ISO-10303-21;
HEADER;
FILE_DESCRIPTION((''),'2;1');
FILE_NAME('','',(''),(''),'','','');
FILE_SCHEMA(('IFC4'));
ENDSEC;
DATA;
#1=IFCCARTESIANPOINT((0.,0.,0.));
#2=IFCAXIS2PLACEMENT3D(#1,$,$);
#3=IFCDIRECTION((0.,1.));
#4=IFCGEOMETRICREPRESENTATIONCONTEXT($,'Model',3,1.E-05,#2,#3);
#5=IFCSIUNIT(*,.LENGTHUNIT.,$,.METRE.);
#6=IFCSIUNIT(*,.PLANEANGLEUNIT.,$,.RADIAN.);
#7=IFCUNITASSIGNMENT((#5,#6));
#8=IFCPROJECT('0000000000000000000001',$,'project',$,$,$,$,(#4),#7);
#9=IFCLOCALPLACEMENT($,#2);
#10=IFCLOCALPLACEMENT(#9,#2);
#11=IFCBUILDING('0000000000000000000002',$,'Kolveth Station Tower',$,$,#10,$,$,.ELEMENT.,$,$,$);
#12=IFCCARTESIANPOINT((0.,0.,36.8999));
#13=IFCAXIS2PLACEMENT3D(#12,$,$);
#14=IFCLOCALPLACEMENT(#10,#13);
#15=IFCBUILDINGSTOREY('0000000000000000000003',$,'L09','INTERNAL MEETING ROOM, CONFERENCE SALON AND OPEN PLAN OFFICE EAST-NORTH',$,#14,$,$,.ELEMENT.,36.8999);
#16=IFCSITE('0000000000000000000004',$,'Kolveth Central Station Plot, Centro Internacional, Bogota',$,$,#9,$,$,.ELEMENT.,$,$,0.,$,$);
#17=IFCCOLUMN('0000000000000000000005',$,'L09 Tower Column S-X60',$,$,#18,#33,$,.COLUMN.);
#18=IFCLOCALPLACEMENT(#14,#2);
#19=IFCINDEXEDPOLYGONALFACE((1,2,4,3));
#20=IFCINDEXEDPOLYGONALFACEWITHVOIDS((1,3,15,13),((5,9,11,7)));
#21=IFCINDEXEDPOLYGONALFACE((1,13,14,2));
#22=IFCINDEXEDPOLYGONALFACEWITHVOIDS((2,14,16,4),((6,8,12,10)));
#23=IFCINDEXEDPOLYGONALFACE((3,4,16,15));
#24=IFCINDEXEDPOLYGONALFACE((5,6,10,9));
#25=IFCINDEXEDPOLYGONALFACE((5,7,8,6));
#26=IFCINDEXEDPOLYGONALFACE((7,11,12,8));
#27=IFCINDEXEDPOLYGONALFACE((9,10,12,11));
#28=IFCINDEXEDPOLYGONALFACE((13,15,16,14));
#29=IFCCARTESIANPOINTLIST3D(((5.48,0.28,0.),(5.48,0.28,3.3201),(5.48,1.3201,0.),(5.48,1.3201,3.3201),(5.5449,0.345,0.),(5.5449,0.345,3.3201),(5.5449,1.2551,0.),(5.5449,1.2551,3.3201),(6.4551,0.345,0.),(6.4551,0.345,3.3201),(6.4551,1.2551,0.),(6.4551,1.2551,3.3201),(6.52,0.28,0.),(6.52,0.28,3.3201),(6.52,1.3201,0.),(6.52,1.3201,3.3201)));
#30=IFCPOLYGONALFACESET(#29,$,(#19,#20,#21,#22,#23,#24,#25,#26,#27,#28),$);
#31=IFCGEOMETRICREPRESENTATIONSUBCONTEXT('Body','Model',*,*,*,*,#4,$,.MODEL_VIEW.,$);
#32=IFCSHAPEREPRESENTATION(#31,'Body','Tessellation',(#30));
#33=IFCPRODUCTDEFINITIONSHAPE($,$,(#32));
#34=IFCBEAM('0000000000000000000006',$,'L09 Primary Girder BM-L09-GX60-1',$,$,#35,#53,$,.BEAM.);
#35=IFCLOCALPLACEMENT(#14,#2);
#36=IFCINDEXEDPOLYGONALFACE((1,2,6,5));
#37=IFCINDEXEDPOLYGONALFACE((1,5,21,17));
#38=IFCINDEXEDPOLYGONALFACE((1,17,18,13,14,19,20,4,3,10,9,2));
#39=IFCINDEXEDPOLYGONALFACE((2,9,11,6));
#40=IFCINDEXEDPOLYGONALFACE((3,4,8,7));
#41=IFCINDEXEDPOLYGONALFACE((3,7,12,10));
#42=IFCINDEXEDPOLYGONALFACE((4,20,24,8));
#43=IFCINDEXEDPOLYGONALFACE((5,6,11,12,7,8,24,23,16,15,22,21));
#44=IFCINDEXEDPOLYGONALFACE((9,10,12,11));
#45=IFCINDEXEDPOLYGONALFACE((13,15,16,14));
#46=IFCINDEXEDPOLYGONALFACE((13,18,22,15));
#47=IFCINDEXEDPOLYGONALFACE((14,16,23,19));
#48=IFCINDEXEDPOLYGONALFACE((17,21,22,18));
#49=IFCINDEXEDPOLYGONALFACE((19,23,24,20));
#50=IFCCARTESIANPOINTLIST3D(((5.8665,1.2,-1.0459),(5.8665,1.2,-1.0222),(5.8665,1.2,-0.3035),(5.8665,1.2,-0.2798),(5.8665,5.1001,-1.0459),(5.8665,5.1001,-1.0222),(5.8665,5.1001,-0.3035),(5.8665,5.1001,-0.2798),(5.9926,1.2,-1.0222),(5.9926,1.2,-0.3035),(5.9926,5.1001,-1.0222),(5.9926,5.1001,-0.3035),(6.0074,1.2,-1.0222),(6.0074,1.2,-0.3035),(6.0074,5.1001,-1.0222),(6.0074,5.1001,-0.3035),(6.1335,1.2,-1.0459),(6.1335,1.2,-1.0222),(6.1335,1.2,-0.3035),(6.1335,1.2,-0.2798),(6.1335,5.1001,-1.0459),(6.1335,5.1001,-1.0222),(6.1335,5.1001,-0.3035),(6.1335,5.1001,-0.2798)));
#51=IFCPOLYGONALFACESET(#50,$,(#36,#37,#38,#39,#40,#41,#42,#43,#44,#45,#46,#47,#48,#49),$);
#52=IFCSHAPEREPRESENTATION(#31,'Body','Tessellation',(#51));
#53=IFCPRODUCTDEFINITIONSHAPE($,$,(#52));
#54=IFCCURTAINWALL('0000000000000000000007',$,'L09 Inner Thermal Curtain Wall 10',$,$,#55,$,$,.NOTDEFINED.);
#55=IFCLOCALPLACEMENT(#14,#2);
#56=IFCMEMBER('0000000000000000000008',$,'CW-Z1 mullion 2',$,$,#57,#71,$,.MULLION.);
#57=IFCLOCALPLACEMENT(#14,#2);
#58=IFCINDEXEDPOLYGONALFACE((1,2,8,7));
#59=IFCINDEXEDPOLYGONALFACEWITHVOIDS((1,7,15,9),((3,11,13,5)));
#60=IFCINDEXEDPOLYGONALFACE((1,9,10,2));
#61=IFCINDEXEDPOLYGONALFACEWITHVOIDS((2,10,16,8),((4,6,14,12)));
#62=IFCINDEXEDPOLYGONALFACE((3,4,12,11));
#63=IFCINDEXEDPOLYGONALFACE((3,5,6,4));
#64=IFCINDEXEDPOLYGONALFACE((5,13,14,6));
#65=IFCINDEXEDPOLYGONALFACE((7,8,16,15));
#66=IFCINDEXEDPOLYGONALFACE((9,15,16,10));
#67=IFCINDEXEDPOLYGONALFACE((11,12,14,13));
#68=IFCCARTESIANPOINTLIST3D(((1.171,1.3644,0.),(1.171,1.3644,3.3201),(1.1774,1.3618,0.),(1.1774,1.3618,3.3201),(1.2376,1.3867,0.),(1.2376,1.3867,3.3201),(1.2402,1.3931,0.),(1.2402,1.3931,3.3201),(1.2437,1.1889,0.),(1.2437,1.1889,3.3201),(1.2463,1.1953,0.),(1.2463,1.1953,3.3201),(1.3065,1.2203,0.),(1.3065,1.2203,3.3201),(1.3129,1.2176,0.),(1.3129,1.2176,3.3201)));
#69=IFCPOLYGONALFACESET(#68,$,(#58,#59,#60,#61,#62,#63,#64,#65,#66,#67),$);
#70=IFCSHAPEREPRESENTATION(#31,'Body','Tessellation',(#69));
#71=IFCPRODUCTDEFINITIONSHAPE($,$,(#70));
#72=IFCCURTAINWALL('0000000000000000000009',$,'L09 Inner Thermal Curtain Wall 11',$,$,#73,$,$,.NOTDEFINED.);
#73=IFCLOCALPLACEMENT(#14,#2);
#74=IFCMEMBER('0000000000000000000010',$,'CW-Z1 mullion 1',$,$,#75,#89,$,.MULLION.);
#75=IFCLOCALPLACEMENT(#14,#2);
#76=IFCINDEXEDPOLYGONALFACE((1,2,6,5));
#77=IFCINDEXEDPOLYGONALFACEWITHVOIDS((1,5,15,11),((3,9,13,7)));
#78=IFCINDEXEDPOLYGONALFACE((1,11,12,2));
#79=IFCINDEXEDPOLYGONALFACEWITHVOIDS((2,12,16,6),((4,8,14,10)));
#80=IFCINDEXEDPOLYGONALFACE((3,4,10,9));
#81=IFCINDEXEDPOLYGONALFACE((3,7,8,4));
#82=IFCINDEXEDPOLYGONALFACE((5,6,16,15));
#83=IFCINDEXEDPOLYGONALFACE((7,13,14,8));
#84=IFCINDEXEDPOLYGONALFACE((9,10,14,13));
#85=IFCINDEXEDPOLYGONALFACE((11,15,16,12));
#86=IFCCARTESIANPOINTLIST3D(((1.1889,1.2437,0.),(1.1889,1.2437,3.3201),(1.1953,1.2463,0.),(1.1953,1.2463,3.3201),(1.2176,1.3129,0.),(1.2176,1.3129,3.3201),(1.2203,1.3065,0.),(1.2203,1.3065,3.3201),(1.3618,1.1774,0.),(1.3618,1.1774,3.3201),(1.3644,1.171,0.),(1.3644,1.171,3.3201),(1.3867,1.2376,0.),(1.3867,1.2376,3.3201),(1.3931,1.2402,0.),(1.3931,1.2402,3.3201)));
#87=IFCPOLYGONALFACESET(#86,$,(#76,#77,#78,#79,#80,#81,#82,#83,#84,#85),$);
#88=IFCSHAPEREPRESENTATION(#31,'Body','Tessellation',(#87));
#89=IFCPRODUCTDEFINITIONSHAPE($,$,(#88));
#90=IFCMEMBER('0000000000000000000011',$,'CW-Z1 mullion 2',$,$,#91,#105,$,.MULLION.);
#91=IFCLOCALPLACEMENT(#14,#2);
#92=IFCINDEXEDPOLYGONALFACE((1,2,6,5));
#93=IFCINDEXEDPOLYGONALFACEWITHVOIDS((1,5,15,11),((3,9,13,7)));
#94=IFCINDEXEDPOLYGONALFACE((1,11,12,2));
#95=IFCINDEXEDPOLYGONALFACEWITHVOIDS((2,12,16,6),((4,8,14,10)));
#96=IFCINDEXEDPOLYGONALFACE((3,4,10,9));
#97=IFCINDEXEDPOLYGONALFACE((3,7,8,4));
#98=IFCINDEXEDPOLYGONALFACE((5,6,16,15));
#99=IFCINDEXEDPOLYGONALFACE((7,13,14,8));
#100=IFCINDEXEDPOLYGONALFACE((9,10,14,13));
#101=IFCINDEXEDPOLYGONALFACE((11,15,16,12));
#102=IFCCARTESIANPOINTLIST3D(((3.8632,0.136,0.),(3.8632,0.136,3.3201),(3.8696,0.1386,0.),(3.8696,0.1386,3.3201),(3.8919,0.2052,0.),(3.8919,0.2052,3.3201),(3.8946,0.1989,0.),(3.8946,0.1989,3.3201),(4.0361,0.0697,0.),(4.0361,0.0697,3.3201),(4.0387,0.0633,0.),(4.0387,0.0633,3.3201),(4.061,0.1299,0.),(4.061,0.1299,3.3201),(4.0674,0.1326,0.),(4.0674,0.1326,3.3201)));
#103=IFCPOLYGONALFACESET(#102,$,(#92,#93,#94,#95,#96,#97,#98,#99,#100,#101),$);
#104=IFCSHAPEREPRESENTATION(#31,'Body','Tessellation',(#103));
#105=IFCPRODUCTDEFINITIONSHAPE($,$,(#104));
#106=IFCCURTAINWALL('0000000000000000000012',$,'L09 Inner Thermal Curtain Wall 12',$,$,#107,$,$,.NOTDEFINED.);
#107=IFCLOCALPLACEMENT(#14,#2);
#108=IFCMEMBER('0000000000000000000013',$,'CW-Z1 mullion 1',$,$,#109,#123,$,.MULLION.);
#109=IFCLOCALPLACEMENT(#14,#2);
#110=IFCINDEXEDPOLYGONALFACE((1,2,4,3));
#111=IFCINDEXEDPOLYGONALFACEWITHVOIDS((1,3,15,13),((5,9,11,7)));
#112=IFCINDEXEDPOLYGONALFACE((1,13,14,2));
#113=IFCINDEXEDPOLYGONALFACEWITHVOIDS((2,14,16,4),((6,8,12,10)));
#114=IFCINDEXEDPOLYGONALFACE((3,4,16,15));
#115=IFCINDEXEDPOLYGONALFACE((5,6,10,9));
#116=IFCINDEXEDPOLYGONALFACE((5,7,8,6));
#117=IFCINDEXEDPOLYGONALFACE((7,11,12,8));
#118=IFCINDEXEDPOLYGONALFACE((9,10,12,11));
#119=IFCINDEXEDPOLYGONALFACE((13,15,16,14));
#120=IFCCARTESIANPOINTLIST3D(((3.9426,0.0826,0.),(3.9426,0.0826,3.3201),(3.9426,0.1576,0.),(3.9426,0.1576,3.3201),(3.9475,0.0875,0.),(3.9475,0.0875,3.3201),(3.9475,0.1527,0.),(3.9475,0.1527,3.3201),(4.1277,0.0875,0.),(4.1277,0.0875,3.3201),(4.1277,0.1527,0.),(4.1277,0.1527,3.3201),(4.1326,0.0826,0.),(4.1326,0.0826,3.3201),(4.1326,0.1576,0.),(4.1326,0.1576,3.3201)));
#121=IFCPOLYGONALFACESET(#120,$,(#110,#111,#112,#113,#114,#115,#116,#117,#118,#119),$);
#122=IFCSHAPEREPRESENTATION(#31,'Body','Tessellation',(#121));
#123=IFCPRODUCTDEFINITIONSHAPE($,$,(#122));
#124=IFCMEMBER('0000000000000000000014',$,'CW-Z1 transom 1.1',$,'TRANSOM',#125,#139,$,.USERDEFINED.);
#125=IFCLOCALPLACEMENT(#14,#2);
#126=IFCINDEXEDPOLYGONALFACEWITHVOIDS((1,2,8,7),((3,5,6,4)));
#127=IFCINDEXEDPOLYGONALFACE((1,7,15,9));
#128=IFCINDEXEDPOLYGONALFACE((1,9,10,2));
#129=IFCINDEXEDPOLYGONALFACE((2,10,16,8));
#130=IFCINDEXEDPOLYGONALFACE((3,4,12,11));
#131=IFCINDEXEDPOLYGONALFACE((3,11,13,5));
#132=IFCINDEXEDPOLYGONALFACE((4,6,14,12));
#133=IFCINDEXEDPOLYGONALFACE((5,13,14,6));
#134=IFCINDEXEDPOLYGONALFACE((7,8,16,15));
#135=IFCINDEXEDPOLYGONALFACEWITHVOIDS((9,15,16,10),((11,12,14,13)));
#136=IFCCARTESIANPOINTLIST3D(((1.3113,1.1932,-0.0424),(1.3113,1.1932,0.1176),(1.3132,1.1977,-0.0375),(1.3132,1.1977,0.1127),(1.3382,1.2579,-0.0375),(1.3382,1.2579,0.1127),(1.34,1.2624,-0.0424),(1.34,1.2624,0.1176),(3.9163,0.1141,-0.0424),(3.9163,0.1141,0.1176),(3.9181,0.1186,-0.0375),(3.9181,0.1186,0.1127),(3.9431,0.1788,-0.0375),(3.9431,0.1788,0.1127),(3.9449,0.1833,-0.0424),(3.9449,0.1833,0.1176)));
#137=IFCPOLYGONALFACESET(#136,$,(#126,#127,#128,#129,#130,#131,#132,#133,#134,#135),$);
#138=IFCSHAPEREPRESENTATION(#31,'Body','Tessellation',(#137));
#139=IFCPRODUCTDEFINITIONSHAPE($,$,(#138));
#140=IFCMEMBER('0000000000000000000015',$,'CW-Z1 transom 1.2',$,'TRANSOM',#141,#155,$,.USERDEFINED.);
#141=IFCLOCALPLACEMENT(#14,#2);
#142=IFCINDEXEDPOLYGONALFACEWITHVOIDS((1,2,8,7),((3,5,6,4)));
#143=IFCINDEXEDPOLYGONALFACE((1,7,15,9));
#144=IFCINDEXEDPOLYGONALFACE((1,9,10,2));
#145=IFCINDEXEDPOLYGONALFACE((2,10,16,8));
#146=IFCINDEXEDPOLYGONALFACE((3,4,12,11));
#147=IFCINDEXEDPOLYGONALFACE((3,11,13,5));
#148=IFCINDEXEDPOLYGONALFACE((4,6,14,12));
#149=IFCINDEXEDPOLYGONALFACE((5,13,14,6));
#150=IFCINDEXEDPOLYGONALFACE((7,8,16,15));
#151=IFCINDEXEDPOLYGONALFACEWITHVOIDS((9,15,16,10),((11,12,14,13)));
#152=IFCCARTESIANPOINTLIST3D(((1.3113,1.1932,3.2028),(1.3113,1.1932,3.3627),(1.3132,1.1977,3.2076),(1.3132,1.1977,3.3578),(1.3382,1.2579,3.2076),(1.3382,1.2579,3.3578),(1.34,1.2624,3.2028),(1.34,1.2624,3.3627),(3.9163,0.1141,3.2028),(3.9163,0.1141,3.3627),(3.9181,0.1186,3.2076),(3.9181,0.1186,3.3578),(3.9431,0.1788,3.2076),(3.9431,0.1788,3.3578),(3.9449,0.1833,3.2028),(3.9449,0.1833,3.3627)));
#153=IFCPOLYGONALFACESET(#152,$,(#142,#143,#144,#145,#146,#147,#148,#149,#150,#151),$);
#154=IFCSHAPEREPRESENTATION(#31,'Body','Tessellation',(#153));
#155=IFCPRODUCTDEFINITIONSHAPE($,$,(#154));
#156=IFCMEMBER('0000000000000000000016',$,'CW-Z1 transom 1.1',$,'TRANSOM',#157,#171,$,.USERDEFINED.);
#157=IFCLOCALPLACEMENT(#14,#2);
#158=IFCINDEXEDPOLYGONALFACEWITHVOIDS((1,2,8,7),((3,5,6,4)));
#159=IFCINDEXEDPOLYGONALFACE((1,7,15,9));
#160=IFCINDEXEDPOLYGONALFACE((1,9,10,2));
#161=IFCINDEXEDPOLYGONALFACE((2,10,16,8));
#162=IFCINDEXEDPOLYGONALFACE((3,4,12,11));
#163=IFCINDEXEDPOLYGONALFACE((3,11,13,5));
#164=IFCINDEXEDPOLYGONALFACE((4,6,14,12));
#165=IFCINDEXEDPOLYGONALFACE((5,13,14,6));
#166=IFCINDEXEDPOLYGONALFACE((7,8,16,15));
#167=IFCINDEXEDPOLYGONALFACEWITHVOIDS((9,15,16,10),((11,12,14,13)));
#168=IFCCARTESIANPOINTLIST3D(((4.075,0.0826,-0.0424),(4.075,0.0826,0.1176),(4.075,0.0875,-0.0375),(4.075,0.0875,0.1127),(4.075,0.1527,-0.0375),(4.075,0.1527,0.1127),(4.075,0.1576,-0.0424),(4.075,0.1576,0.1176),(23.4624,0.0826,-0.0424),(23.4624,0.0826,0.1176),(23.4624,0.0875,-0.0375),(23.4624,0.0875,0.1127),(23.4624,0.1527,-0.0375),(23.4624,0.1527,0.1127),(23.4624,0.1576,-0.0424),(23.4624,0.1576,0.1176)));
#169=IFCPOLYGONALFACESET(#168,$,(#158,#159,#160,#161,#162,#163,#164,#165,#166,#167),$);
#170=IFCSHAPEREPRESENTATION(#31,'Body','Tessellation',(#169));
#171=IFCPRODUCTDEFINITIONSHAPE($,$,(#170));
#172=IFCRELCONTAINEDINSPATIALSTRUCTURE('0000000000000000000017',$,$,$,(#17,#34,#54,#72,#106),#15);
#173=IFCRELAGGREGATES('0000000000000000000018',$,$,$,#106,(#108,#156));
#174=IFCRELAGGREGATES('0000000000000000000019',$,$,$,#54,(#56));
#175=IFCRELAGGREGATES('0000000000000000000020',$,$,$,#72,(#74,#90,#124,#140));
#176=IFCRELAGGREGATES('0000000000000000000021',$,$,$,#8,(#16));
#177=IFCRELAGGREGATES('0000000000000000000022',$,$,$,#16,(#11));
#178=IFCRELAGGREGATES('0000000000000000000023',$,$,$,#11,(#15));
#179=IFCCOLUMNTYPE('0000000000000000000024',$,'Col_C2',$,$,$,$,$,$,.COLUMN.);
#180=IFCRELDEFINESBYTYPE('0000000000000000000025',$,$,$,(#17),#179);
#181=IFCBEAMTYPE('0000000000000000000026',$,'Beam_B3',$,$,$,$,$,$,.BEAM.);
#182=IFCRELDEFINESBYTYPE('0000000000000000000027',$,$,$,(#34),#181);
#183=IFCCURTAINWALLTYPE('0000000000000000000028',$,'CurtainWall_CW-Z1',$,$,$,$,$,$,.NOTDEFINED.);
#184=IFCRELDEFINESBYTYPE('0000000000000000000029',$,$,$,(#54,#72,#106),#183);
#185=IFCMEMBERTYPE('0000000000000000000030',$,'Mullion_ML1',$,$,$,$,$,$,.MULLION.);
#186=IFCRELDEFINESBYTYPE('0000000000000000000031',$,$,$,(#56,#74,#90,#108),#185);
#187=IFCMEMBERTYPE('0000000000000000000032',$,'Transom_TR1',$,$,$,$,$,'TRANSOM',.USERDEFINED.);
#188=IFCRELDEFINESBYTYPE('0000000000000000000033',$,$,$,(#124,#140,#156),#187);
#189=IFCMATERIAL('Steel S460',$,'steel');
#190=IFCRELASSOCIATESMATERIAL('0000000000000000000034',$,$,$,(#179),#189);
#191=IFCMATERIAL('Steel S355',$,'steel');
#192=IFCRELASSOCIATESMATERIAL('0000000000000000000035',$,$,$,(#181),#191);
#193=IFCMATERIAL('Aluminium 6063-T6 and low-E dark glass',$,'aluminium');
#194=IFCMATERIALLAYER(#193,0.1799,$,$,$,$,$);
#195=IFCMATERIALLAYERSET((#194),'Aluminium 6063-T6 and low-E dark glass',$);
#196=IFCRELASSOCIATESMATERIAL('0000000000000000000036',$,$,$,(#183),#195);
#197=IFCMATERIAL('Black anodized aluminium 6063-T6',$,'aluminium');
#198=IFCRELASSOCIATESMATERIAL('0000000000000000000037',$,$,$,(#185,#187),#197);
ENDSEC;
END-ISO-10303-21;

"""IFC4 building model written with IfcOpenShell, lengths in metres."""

from ifc_helpers import new_model, si_unit, direction, frame, origin, origin_2d, place, context, subcontext, project, spatial, hollow_rectangle, i_section, extrude, source, transform, mapped, material, layer, layer_set, material_profile, profile_set, type_object, element, aggregate, save


model = new_model("IFC4")

# Units and contexts
model_context = context("Model", 3, precision=1e-05, world=origin(), true_north=direction((0.0, 1.0)))
body_context = subcontext(model_context, "Body", "Model", "MODEL_VIEW")
ifc_project = project(units=[si_unit("LENGTHUNIT", "METRE"), si_unit("PLANEANGLEUNIT", "RADIAN")], contexts=[model_context])

# Site, building, storey
site_placement = place(None, origin())
site = spatial("IfcSite", under=ifc_project, at=site_placement, Name="Kolveth Central Station Plot, Centro Internacional, Bogota", CompositionType="ELEMENT", RefElevation=0.0)
building_placement = place(site_placement, origin())
building = spatial("IfcBuilding", under=site, at=building_placement, Name="Kolveth Station Tower", CompositionType="ELEMENT")
storey_placement = place(building_placement, frame((0.0, 0.0, 36.8999)))
storey = spatial("IfcBuildingStorey", under=building, at=storey_placement, Name="L09", Description="INTERNAL MEETING ROOM, CONFERENCE SALON AND OPEN PLAN OFFICE EAST-NORTH", CompositionType="ELEMENT", Elevation=36.8999)

# Column
ifc_material_1 = material(Name="Steel S460", Category="steel")
ifc_material_profile_1 = material_profile(ifc_material_1, hollow_rectangle(XDim=1.04, YDim=1.04, WallThickness=0.0649, at=origin_2d()), Name="BOX1040x1040x65")
ifc_profile_set_1 = profile_set([ifc_material_profile_1], Name="Steel S460")
column_type = type_object("IfcColumnType", Name="Col_C2", PredefinedType="COLUMN", material=ifc_profile_set_1)
shared_shape_1 = source(origin(), body_context, "Body", "SweptSolid", [
    extrude(hollow_rectangle(XDim=1.04, YDim=1.04, WallThickness=0.0649, at=origin_2d()), origin(), (0.0, 0.0, 1.0), 3.3201),
])
column_placement = place(storey_placement, frame((6.0, 0.8, 0.0), z_axis=(0.0, 0.0, 1.0), x_axis=(1.0, 0.0, 0.0)))
element("IfcColumn", 1, at=column_placement, inside=storey, type_object=column_type, Name="L09 Tower Column S-X60", PredefinedType="COLUMN", context=body_context, shape_type="MappedRepresentation", body=[
    mapped(shared_shape_1, transform((0.0, 0.0, 0.0), x_axis=(1.0, 0.0, 0.0), y_axis=(0.0, 1.0, 0.0), z_axis=(0.0, 0.0, 1.0), scale=1.0)),
])

# Beam
ifc_material_2 = material(Name="Steel S355", Category="steel")
ifc_material_profile_2 = material_profile(ifc_material_2, i_section(OverallWidth=0.2671, OverallDepth=0.7661, WebThickness=0.0149, FlangeThickness=0.0237, at=origin_2d()), Name="W760x185")
ifc_profile_set_2 = profile_set([ifc_material_profile_2], Name="Steel S355")
beam_type = type_object("IfcBeamType", Name="Beam_B3", PredefinedType="BEAM", material=ifc_profile_set_2)
shared_shape_2 = source(origin(), body_context, "Body", "SweptSolid", [
    extrude(i_section(OverallWidth=0.2671, OverallDepth=0.7661, WebThickness=0.0149, FlangeThickness=0.0237, at=origin_2d()), origin(), (0.0, 0.0, 1.0), 3.9001),
])
beam_placement = place(storey_placement, frame((6.0, 1.2, -0.6628), z_axis=(0.0, 1.0, 0.0), x_axis=(-1.0, 0.0, 0.0)))
element("IfcBeam", 2, at=beam_placement, inside=storey, type_object=beam_type, Name="L09 Primary Girder BM-L09-GX60-1", PredefinedType="BEAM", context=body_context, shape_type="MappedRepresentation", body=[
    mapped(shared_shape_2, transform((0.0, 0.0, 0.0), x_axis=(1.0, 0.0, 0.0), y_axis=(0.0, 1.0, 0.0), z_axis=(0.0, 0.0, 1.0), scale=1.0)),
])

# Curtain wall, member
ifc_material_3 = material(Name="Aluminium 6063-T6 and low-E dark glass", Category="aluminium")
ifc_layer_1 = layer(ifc_material_3, 0.1799)
ifc_layer_set_1 = layer_set([ifc_layer_1], Name="Aluminium 6063-T6 and low-E dark glass")
curtain_wall_type_1 = type_object("IfcCurtainWallType", Name="CurtainWall_CW-Z1", PredefinedType="NOTDEFINED", material=ifc_layer_set_1)
curtain_wall_1_placement = place(storey_placement, origin())
curtain_wall_1 = element("IfcCurtainWall", 3, at=curtain_wall_1_placement, inside=storey, type_object=curtain_wall_type_1, Name="L09 Inner Thermal Curtain Wall 10", PredefinedType="NOTDEFINED")
ifc_material_4 = material(Name="Black anodized aluminium 6063-T6", Category="aluminium")
ifc_material_profile_3 = material_profile(ifc_material_4, hollow_rectangle(XDim=0.075, YDim=0.1899, WallThickness=0.0049, at=origin_2d()), Name="ALU-75x190x5")
ifc_profile_set_3 = profile_set([ifc_material_profile_3], Name="Black anodized aluminium 6063-T6")
member_type_1 = type_object("IfcMemberType", Name="Mullion_ML1", PredefinedType="MULLION", material=ifc_profile_set_3)
shared_shape_3 = source(origin(), body_context, "Body", "SweptSolid", [
    extrude(hollow_rectangle(XDim=0.075, YDim=0.1899, WallThickness=0.0049, at=origin_2d()), origin(), (0.0, 0.0, 1.0), 3.3201),
])
member_1_placement = place(storey_placement, frame((1.2419, 1.291, 0.0), z_axis=(0.0, 0.0, 1.0), x_axis=(0.923884, 0.382673, 0.0)))
member_1 = element("IfcMember", 4, at=member_1_placement, type_object=member_type_1, Name="CW-Z1 mullion 2", PredefinedType="MULLION", context=body_context, shape_type="MappedRepresentation", body=[
    mapped(shared_shape_3, transform((0.0, 0.0, 0.0), x_axis=(1.0, 0.0, 0.0), y_axis=(0.0, 1.0, 0.0), z_axis=(0.0, 0.0, 1.0), scale=1.0)),
])

# Curtain wall, members
curtain_wall_2_placement = place(storey_placement, origin())
curtain_wall_2 = element("IfcCurtainWall", 5, at=curtain_wall_2_placement, inside=storey, type_object=curtain_wall_type_1, Name="L09 Inner Thermal Curtain Wall 11", PredefinedType="NOTDEFINED")
member_2_placement = place(storey_placement, frame((1.291, 1.2419, 0.0), z_axis=(0.0, 0.0, 1.0), x_axis=(0.382673, 0.923884, 0.0)))
member_2 = element("IfcMember", 6, at=member_2_placement, type_object=member_type_1, Name="CW-Z1 mullion 1", PredefinedType="MULLION", context=body_context, shape_type="MappedRepresentation", body=[
    mapped(shared_shape_3, transform((0.0, 0.0, 0.0), x_axis=(1.0, 0.0, 0.0), y_axis=(0.0, 1.0, 0.0), z_axis=(0.0, 0.0, 1.0), scale=1.0)),
])
member_3_placement = place(storey_placement, frame((3.9653, 0.1343, 0.0), z_axis=(0.0, 0.0, 1.0), x_axis=(0.382673, 0.923884, 0.0)))
member_3 = element("IfcMember", 7, at=member_3_placement, type_object=member_type_1, Name="CW-Z1 mullion 2", PredefinedType="MULLION", context=body_context, shape_type="MappedRepresentation", body=[
    mapped(shared_shape_3, transform((0.0, 0.0, 0.0), x_axis=(1.0, 0.0, 0.0), y_axis=(0.0, 1.0, 0.0), z_axis=(0.0, 0.0, 1.0), scale=1.0)),
])

# Curtain wall, member
curtain_wall_3_placement = place(storey_placement, origin())
curtain_wall_3 = element("IfcCurtainWall", 8, at=curtain_wall_3_placement, inside=storey, type_object=curtain_wall_type_1, Name="L09 Inner Thermal Curtain Wall 12", PredefinedType="NOTDEFINED")
member_4_placement = place(storey_placement, frame((4.0376, 0.1201, 0.0), z_axis=(0.0, 0.0, 1.0), x_axis=(0.0, 1.0, 0.0)))
member_4 = element("IfcMember", 9, at=member_4_placement, type_object=member_type_1, Name="CW-Z1 mullion 1", PredefinedType="MULLION", context=body_context, shape_type="MappedRepresentation", body=[
    mapped(shared_shape_3, transform((0.0, 0.0, 0.0), x_axis=(1.0, 0.0, 0.0), y_axis=(0.0, 1.0, 0.0), z_axis=(0.0, 0.0, 1.0), scale=1.0)),
])

# Members
ifc_material_profile_4 = material_profile(ifc_material_4, hollow_rectangle(XDim=0.075, YDim=0.1599, WallThickness=0.0049, at=origin_2d()), Name="ALU-75x160x5")
ifc_profile_set_4 = profile_set([ifc_material_profile_4], Name="Black anodized aluminium 6063-T6")
member_type_2 = type_object("IfcMemberType", Name="Transom_TR1", ElementType="TRANSOM", PredefinedType="USERDEFINED", material=ifc_profile_set_4)
shared_shape_4 = source(origin(), body_context, "Body", "SweptSolid", [
    extrude(hollow_rectangle(XDim=0.075, YDim=0.1599, WallThickness=0.0049, at=origin_2d()), origin(), (0.0, 0.0, 1.0), 2.8196),
])
member_5_placement = place(storey_placement, frame((1.3257, 1.2278, 0.0376), z_axis=(0.923869, -0.382709, 0.0), x_axis=(0.382709, 0.923869, 0.0)))
member_5 = element("IfcMember", 10, at=member_5_placement, type_object=member_type_2, Name="CW-Z1 transom 1.1", ObjectType="TRANSOM", PredefinedType="USERDEFINED", context=body_context, shape_type="MappedRepresentation", body=[
    mapped(shared_shape_4, transform((0.0, 0.0, 0.0), x_axis=(1.0, 0.0, 0.0), y_axis=(0.0, 1.0, 0.0), z_axis=(0.0, 0.0, 1.0), scale=1.0)),
])
member_6_placement = place(storey_placement, frame((1.3257, 1.2278, 3.2827), z_axis=(0.923869, -0.382709, 0.0), x_axis=(0.382709, 0.923869, 0.0)))
member_6 = element("IfcMember", 11, at=member_6_placement, type_object=member_type_2, Name="CW-Z1 transom 1.2", ObjectType="TRANSOM", PredefinedType="USERDEFINED", context=body_context, shape_type="MappedRepresentation", body=[
    mapped(shared_shape_4, transform((0.0, 0.0, 0.0), x_axis=(1.0, 0.0, 0.0), y_axis=(0.0, 1.0, 0.0), z_axis=(0.0, 0.0, 1.0), scale=1.0)),
])
shared_shape_5 = source(origin(), body_context, "Body", "SweptSolid", [
    extrude(hollow_rectangle(XDim=0.075, YDim=0.1599, WallThickness=0.0049, at=origin_2d()), origin(), (0.0, 0.0, 1.0), 19.3875),
])
member_7_placement = place(storey_placement, frame((4.075, 0.1201, 0.0376), z_axis=(1.0, 0.0, 0.0), x_axis=(0.0, 1.0, 0.0)))
member_7 = element("IfcMember", 12, at=member_7_placement, type_object=member_type_2, Name="CW-Z1 transom 1.1", ObjectType="TRANSOM", PredefinedType="USERDEFINED", context=body_context, shape_type="MappedRepresentation", body=[
    mapped(shared_shape_5, transform((0.0, 0.0, 0.0), x_axis=(1.0, 0.0, 0.0), y_axis=(0.0, 1.0, 0.0), z_axis=(0.0, 0.0, 1.0), scale=1.0)),
])
aggregate(curtain_wall_3, [member_4, member_7])

aggregate(curtain_wall_1, [member_1])
aggregate(curtain_wall_2, [member_2, member_3, member_5, member_6])

save(model, "model.ifc")
